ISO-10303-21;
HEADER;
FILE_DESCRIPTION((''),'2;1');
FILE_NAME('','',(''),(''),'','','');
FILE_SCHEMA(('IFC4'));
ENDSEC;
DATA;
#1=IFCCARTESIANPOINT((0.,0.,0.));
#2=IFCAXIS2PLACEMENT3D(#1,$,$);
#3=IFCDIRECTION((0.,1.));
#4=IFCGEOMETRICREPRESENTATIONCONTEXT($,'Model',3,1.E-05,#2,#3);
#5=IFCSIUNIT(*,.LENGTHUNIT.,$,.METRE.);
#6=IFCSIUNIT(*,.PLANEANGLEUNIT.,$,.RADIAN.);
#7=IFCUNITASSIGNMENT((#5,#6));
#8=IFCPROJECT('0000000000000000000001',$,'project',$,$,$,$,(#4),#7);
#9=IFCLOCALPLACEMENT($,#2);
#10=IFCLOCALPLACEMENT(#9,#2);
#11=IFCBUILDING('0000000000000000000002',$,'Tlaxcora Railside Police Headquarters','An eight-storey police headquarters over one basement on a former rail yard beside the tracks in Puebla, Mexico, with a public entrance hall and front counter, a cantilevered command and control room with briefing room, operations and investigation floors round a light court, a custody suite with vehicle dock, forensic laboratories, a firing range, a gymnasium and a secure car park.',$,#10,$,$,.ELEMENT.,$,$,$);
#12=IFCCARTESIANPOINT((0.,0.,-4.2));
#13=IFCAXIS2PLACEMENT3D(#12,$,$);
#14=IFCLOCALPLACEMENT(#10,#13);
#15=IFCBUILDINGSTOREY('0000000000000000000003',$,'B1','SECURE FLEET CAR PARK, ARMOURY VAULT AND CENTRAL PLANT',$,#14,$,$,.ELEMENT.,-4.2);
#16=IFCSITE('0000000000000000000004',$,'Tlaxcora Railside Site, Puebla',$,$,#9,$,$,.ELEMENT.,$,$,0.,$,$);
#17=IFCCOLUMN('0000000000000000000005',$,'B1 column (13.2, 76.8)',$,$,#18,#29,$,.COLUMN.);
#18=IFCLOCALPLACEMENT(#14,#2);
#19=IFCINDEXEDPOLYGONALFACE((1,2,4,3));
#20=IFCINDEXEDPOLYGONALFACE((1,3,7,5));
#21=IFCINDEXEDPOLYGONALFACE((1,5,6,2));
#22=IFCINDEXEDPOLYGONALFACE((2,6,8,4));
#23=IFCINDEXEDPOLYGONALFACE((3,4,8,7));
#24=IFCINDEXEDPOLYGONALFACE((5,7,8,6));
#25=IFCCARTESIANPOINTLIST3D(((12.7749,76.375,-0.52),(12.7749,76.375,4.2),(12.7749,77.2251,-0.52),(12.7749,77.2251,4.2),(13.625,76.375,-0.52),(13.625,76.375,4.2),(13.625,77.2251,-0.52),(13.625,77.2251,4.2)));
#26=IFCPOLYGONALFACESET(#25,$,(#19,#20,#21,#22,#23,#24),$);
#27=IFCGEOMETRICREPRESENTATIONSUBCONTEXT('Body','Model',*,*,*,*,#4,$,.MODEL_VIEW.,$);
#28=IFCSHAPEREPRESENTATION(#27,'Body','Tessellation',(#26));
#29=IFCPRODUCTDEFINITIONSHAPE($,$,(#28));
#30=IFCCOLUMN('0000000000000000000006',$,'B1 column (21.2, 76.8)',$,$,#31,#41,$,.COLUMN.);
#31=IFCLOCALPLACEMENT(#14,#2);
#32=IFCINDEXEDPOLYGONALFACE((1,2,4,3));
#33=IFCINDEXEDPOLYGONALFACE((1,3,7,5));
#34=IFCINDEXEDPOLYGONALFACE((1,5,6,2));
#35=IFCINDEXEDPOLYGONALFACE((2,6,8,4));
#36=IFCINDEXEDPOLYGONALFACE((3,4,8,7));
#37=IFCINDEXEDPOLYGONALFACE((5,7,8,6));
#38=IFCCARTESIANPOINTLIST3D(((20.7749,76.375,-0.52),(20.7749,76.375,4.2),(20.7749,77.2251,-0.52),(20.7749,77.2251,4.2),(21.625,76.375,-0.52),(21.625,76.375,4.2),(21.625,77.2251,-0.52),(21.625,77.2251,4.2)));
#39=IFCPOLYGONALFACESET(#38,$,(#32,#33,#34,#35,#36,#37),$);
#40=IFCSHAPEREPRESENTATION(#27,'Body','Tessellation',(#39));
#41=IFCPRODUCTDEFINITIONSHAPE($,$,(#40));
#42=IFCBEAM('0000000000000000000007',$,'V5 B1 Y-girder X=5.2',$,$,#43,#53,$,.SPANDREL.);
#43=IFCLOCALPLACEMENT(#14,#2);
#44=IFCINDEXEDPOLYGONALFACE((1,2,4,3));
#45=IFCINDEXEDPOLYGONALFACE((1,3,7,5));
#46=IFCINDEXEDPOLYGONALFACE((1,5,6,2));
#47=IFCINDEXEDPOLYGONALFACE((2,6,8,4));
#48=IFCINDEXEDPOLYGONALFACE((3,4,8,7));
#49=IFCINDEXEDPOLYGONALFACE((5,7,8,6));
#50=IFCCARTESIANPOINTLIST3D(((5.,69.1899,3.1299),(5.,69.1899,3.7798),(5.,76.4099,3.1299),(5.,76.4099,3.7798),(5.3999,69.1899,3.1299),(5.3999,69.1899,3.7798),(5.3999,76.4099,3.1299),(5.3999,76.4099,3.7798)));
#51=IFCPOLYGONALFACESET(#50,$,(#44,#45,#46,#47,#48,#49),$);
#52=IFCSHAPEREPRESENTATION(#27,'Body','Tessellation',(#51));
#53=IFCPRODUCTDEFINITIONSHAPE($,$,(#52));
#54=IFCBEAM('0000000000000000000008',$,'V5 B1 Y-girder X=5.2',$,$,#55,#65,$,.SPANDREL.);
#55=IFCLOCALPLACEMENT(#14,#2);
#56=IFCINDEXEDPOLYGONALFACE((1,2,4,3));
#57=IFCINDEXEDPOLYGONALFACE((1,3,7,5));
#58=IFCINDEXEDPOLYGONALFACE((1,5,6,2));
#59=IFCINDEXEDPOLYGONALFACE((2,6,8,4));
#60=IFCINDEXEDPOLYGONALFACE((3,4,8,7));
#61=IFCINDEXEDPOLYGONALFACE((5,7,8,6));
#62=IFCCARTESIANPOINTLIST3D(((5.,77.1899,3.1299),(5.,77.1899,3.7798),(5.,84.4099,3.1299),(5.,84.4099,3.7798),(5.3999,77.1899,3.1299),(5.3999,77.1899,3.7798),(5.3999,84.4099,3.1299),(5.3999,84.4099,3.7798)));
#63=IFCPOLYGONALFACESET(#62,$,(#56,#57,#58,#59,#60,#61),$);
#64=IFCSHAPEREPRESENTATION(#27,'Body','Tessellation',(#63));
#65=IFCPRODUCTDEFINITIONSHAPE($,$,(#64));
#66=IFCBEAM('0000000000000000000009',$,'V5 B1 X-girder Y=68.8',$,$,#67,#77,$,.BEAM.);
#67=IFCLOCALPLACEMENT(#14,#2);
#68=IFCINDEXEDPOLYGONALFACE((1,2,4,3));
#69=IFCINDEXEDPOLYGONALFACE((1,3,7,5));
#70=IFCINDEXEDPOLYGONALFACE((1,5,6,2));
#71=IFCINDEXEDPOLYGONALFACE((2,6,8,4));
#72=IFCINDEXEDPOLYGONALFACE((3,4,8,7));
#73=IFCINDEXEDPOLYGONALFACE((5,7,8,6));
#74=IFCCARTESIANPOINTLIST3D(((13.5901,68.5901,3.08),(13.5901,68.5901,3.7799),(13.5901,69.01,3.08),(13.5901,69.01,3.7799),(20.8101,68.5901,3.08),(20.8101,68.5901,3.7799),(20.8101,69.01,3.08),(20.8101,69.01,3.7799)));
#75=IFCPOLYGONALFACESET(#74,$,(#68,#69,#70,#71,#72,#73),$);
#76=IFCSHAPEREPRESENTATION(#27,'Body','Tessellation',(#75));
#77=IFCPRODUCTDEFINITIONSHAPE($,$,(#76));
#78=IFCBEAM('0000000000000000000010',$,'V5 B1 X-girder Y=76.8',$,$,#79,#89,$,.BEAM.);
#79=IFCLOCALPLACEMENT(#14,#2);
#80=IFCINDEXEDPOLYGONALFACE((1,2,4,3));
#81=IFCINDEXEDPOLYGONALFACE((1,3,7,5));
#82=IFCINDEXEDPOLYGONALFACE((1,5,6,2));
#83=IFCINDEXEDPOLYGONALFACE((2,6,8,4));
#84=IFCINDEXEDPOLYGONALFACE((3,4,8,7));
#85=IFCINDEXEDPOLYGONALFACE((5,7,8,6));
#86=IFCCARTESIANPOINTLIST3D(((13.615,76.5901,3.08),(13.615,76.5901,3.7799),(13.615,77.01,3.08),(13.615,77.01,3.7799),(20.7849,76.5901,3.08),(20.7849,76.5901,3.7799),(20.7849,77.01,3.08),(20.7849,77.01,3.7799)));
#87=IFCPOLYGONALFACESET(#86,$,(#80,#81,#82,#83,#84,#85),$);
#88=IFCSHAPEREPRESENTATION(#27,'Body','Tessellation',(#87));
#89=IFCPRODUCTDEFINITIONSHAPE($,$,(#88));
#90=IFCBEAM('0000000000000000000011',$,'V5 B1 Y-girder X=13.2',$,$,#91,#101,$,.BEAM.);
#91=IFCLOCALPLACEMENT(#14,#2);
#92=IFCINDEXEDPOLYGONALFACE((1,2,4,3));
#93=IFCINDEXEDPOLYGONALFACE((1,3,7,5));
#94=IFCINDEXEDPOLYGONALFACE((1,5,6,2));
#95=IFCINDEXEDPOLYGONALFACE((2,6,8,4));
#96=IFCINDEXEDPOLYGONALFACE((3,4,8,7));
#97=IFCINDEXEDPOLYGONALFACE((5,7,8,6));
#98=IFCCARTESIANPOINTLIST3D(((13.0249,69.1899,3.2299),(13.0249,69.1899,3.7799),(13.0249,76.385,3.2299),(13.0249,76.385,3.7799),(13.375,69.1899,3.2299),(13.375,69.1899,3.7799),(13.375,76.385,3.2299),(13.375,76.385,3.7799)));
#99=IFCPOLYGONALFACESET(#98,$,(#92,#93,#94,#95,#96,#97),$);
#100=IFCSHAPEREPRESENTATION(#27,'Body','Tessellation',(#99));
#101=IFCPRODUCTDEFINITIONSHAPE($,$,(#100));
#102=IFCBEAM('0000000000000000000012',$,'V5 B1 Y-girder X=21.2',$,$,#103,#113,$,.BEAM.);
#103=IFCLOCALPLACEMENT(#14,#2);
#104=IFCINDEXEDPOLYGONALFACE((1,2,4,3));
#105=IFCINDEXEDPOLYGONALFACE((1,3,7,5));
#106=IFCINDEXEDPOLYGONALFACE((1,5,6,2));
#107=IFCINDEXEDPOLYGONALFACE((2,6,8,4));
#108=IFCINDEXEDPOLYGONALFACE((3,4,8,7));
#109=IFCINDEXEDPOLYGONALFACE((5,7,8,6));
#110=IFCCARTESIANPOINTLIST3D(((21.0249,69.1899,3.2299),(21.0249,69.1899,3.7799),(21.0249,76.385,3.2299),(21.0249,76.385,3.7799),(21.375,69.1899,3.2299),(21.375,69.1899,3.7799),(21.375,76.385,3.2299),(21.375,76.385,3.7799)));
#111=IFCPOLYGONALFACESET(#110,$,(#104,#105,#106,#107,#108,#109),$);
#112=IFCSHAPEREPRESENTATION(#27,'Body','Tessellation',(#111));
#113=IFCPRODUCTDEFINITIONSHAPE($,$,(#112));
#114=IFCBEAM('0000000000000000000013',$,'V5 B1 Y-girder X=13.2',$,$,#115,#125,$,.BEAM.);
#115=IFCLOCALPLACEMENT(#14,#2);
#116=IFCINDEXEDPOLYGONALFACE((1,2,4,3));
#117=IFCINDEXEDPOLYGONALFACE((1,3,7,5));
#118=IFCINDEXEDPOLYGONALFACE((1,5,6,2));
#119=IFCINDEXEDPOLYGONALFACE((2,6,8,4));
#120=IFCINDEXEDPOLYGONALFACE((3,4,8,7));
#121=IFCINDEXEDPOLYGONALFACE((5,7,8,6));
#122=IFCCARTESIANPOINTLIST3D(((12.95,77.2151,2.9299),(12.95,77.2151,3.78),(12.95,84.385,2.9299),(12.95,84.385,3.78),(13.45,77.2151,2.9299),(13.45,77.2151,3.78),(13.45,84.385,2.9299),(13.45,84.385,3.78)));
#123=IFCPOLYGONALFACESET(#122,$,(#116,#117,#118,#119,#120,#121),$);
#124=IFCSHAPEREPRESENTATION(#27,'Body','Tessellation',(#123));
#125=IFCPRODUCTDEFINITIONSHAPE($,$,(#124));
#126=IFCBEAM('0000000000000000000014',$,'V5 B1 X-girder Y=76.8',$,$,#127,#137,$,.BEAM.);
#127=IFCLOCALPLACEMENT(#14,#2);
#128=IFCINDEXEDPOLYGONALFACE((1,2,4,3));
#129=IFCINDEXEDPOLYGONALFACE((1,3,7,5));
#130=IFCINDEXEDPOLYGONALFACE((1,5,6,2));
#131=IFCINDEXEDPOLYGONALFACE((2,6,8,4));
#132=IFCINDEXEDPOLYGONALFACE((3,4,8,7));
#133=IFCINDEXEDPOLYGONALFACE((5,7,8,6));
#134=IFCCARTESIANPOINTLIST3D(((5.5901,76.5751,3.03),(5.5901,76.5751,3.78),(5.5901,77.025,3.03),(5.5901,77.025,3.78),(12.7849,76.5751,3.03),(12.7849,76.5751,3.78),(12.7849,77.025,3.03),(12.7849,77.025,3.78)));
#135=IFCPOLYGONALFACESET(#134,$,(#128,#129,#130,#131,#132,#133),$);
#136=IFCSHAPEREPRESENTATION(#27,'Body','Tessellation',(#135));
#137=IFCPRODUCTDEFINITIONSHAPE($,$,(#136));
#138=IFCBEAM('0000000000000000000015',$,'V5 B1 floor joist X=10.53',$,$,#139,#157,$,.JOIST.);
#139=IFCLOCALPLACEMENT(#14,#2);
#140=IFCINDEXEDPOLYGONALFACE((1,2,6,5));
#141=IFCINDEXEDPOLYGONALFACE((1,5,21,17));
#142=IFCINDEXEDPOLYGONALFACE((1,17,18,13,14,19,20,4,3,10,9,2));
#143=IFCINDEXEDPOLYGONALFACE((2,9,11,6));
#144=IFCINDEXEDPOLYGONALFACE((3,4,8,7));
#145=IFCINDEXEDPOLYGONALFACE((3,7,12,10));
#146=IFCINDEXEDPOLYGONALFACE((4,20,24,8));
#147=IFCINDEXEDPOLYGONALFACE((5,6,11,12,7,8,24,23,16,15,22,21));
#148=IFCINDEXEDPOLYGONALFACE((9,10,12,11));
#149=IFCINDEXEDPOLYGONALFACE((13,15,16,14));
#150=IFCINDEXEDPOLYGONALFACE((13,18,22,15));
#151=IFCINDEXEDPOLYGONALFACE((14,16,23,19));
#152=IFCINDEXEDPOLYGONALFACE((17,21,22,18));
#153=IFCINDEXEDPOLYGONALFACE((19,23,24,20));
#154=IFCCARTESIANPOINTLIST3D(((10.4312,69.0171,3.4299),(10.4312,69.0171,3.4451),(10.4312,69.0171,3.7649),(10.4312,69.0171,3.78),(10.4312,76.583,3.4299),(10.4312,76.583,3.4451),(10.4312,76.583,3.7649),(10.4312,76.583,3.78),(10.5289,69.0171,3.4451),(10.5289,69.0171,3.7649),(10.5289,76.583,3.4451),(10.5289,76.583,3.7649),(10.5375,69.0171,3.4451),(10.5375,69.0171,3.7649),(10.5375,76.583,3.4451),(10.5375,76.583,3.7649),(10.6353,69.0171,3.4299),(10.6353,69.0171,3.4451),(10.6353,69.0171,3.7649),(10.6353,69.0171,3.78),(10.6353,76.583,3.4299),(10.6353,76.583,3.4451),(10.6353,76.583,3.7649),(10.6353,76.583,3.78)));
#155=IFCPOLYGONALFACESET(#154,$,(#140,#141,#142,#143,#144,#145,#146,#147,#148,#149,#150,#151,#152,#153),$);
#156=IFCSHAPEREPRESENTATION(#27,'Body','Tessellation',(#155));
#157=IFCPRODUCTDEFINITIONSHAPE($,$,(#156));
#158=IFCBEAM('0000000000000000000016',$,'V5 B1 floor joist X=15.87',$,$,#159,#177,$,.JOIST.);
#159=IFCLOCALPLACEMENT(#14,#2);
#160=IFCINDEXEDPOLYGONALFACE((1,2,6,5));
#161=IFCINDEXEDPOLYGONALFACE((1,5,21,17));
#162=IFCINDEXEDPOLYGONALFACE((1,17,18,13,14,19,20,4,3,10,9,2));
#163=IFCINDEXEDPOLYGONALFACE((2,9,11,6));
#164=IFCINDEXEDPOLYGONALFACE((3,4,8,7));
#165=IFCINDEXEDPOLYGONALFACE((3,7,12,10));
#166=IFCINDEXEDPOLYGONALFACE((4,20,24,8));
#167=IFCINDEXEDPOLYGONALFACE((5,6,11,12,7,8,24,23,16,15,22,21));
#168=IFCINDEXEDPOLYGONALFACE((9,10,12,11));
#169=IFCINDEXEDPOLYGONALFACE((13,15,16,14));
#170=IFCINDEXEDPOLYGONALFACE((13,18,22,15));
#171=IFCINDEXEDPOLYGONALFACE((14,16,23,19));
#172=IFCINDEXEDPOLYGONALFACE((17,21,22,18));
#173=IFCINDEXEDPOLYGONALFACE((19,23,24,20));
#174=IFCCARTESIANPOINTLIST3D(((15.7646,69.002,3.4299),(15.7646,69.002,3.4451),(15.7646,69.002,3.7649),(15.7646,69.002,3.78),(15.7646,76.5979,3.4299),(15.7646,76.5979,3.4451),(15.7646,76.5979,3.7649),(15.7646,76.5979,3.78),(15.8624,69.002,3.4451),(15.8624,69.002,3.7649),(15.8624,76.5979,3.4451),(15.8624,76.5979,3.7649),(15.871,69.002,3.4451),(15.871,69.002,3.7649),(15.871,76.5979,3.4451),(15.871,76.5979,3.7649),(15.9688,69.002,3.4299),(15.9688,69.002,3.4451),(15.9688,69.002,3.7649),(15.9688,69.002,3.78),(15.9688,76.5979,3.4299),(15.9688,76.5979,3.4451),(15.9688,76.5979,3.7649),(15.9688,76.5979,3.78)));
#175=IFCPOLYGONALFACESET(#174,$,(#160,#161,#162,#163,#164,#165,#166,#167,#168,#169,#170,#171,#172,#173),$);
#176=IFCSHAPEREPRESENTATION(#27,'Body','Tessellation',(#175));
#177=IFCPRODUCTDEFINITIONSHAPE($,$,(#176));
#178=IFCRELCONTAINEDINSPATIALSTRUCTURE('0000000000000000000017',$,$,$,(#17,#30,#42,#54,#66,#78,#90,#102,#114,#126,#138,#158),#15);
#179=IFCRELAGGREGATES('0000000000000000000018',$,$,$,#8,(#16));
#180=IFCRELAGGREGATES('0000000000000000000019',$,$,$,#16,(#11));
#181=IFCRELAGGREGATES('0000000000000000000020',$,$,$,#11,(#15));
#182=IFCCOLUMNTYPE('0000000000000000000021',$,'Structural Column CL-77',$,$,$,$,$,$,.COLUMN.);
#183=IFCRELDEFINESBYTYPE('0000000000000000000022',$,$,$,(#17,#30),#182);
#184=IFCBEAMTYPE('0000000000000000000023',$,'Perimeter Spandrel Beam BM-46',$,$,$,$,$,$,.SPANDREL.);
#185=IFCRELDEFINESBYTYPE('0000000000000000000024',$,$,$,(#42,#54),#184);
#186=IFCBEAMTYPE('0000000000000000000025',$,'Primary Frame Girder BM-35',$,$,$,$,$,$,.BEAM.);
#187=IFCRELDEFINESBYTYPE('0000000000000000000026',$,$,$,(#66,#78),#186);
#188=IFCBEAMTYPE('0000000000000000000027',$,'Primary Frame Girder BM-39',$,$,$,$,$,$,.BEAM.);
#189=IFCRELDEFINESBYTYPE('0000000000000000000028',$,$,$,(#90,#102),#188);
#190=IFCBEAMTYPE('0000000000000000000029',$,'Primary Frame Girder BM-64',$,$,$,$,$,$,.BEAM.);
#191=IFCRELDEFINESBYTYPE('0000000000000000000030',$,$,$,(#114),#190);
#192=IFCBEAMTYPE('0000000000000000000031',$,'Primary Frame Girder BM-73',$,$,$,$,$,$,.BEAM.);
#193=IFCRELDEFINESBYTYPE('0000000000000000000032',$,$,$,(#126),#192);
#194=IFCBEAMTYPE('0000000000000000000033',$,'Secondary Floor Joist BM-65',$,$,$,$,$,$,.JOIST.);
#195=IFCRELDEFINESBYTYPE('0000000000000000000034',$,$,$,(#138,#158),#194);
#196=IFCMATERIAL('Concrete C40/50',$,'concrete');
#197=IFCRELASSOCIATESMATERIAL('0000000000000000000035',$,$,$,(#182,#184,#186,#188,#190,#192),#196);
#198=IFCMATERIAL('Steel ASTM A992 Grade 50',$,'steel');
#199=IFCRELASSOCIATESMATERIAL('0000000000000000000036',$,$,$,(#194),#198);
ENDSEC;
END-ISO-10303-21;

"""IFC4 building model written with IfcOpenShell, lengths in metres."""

from ifc_helpers import new_model, si_unit, direction, frame, origin, origin_2d, place, context, subcontext, project, spatial, rectangle, i_section, extrude, material, material_profile, profile_set, type_object, element, save


model = new_model("IFC4")

# Units and contexts
model_context = context("Model", 3, precision=1e-05, world=origin(), true_north=direction((0.0, 1.0)))
body_context = subcontext(model_context, "Body", "Model", "MODEL_VIEW")
ifc_project = project(units=[si_unit("LENGTHUNIT", "METRE"), si_unit("PLANEANGLEUNIT", "RADIAN")], contexts=[model_context])

# Site, building, storey
site_placement = place(None, origin())
site = spatial("IfcSite", under=ifc_project, at=site_placement, Name="Tlaxcora Railside Site, Puebla", CompositionType="ELEMENT", RefElevation=0.0)
building_placement = place(site_placement, origin())
building = spatial("IfcBuilding", under=site, at=building_placement, Name="Tlaxcora Railside Police Headquarters", Description="An eight-storey police headquarters over one basement on a former rail yard beside the tracks in Puebla, Mexico, with a public entrance hall and front counter, a cantilevered command and control room with briefing room, operations and investigation floors round a light court, a custody suite with vehicle dock, forensic laboratories, a firing range, a gymnasium and a secure car park.", CompositionType="ELEMENT")
storey_placement = place(building_placement, frame((0.0, 0.0, -4.2)))
storey = spatial("IfcBuildingStorey", under=building, at=storey_placement, Name="B1", Description="SECURE FLEET CAR PARK, ARMOURY VAULT AND CENTRAL PLANT", CompositionType="ELEMENT", Elevation=-4.2)

# Shared definitions
ifc_material_1 = material(Name="Concrete C40/50", Category="concrete")

# Columns
ifc_material_profile_1 = material_profile(ifc_material_1, rectangle(XDim=0.8501, YDim=0.8501, at=origin_2d()), Name="RC850X850")
ifc_profile_set_1 = profile_set([ifc_material_profile_1], Name="Concrete C40/50")
column_type_1 = type_object("IfcColumnType", Name="Structural Column CL-77", PredefinedType="COLUMN", material=ifc_profile_set_1)
for number, where, z_axis, x_axis, name in (
    (1, (13.2, 76.8, -0.52), (0.0, 0.0, 1.0), (1.0, 0.0, 0.0), "B1 column (13.2, 76.8)"),
    (2, (21.2, 76.8, -0.52), (0.0, 0.0, 1.0), (1.0, 0.0, 0.0), "B1 column (21.2, 76.8)"),
):
    element("IfcColumn", number, at=place(storey_placement, frame(where, z_axis=z_axis, x_axis=x_axis)), inside=storey, type_object=column_type_1, Name=name, PredefinedType="COLUMN", context=body_context, shape_type="SweptSolid", body=[
        extrude(rectangle(XDim=0.8501, YDim=0.8501, at=origin_2d()), origin(), (0.0, 0.0, 1.0), 4.72),
    ])

# Beams
ifc_material_profile_2 = material_profile(ifc_material_1, rectangle(XDim=0.3999, YDim=0.6499, at=origin_2d()), Name="RC400X650")
ifc_profile_set_2 = profile_set([ifc_material_profile_2], Name="Concrete C40/50")
beam_type_1 = type_object("IfcBeamType", Name="Perimeter Spandrel Beam BM-46", PredefinedType="SPANDREL", material=ifc_profile_set_2)
for number, where, z_axis, x_axis, name in (
    (3, (5.2, 69.1899, 3.4548), (0.0, 1.0, 0.0), (-1.0, 0.0, 0.0), "V5 B1 Y-girder X=5.2"),
    (4, (5.2, 77.1899, 3.4548), (0.0, 1.0, 0.0), (-1.0, 0.0, 0.0), "V5 B1 Y-girder X=5.2"),
):
    element("IfcBeam", number, at=place(storey_placement, frame(where, z_axis=z_axis, x_axis=x_axis)), inside=storey, type_object=beam_type_1, Name=name, PredefinedType="SPANDREL", context=body_context, shape_type="SweptSolid", body=[
        extrude(rectangle(XDim=0.3999, YDim=0.6499, at=origin_2d()), origin(), (0.0, 0.0, 1.0), 7.22),
    ])
ifc_material_profile_3 = material_profile(ifc_material_1, rectangle(XDim=0.4199, YDim=0.7, at=origin_2d()), Name="RC420X700")
ifc_profile_set_3 = profile_set([ifc_material_profile_3], Name="Concrete C40/50")
beam_type_2 = type_object("IfcBeamType", Name="Primary Frame Girder BM-35", PredefinedType="BEAM", material=ifc_profile_set_3)
beam_1_placement = place(storey_placement, frame((13.5901, 68.8, 3.4299), z_axis=(1.0, 0.0, 0.0), x_axis=(0.0, 1.0, 0.0)))
element("IfcBeam", 5, at=beam_1_placement, inside=storey, type_object=beam_type_2, Name="V5 B1 X-girder Y=68.8", PredefinedType="BEAM", context=body_context, shape_type="SweptSolid", body=[
    extrude(rectangle(XDim=0.4199, YDim=0.7, at=origin_2d()), origin(), (0.0, 0.0, 1.0), 7.22),
])
beam_2_placement = place(storey_placement, frame((13.615, 76.8, 3.4299), z_axis=(1.0, 0.0, 0.0), x_axis=(0.0, 1.0, 0.0)))
element("IfcBeam", 6, at=beam_2_placement, inside=storey, type_object=beam_type_2, Name="V5 B1 X-girder Y=76.8", PredefinedType="BEAM", context=body_context, shape_type="SweptSolid", body=[
    extrude(rectangle(XDim=0.4199, YDim=0.7, at=origin_2d()), origin(), (0.0, 0.0, 1.0), 7.1699),
])
ifc_material_profile_4 = material_profile(ifc_material_1, rectangle(XDim=0.3501, YDim=0.55, at=origin_2d()), Name="RC350X550")
ifc_profile_set_4 = profile_set([ifc_material_profile_4], Name="Concrete C40/50")
beam_type_3 = type_object("IfcBeamType", Name="Primary Frame Girder BM-39", PredefinedType="BEAM", material=ifc_profile_set_4)
for number, where, z_axis, x_axis, name in (
    (7, (13.2, 69.1899, 3.5049), (0.0, 1.0, 0.0), (-1.0, 0.0, 0.0), "V5 B1 Y-girder X=13.2"),
    (8, (21.2, 69.1899, 3.5049), (0.0, 1.0, 0.0), (-1.0, 0.0, 0.0), "V5 B1 Y-girder X=21.2"),
):
    element("IfcBeam", number, at=place(storey_placement, frame(where, z_axis=z_axis, x_axis=x_axis)), inside=storey, type_object=beam_type_3, Name=name, PredefinedType="BEAM", context=body_context, shape_type="SweptSolid", body=[
        extrude(rectangle(XDim=0.3501, YDim=0.55, at=origin_2d()), origin(), (0.0, 0.0, 1.0), 7.1951),
    ])
ifc_material_profile_5 = material_profile(ifc_material_1, rectangle(XDim=0.5, YDim=0.8501, at=origin_2d()), Name="RC500X850")
ifc_profile_set_5 = profile_set([ifc_material_profile_5], Name="Concrete C40/50")
beam_type_4 = type_object("IfcBeamType", Name="Primary Frame Girder BM-64", PredefinedType="BEAM", material=ifc_profile_set_5)
beam_3_placement = place(storey_placement, frame((13.2, 77.2151, 3.355), z_axis=(0.0, 1.0, 0.0), x_axis=(-1.0, 0.0, 0.0)))
element("IfcBeam", 9, at=beam_3_placement, inside=storey, type_object=beam_type_4, Name="V5 B1 Y-girder X=13.2", PredefinedType="BEAM", context=body_context, shape_type="SweptSolid", body=[
    extrude(rectangle(XDim=0.5, YDim=0.8501, at=origin_2d()), origin(), (0.0, 0.0, 1.0), 7.1699),
])
ifc_material_profile_6 = material_profile(ifc_material_1, rectangle(XDim=0.45, YDim=0.75, at=origin_2d()), Name="RC450X750")
ifc_profile_set_6 = profile_set([ifc_material_profile_6], Name="Concrete C40/50")
beam_type_5 = type_object("IfcBeamType", Name="Primary Frame Girder BM-73", PredefinedType="BEAM", material=ifc_profile_set_6)
beam_4_placement = place(storey_placement, frame((5.5901, 76.8, 3.405), z_axis=(1.0, 0.0, 0.0), x_axis=(0.0, 1.0, 0.0)))
element("IfcBeam", 10, at=beam_4_placement, inside=storey, type_object=beam_type_5, Name="V5 B1 X-girder Y=76.8", PredefinedType="BEAM", context=body_context, shape_type="SweptSolid", body=[
    extrude(rectangle(XDim=0.45, YDim=0.75, at=origin_2d()), origin(), (0.0, 0.0, 1.0), 7.1948),
])
ifc_material_2 = material(Name="Steel ASTM A992 Grade 50", Category="steel")
ifc_material_profile_7 = material_profile(ifc_material_2, i_section(OverallWidth=0.2041, OverallDepth=0.3501, WebThickness=0.0085, FlangeThickness=0.0151, at=origin_2d()), Name="W14X48")
ifc_profile_set_7 = profile_set([ifc_material_profile_7], Name="Steel ASTM A992 Grade 50")
beam_type_6 = type_object("IfcBeamType", Name="Secondary Floor Joist BM-65", PredefinedType="JOIST", material=ifc_profile_set_7)
beam_5_placement = place(storey_placement, frame((10.5332, 69.0171, 3.605), z_axis=(0.0, 1.0, 0.0), x_axis=(-1.0, 0.0, 0.0)))
element("IfcBeam", 11, at=beam_5_placement, inside=storey, type_object=beam_type_6, Name="V5 B1 floor joist X=10.53", PredefinedType="JOIST", context=body_context, shape_type="SweptSolid", body=[
    extrude(i_section(OverallWidth=0.2041, OverallDepth=0.3501, WebThickness=0.0085, FlangeThickness=0.0151, at=origin_2d()), origin(), (0.0, 0.0, 1.0), 7.5659),
])
beam_6_placement = place(storey_placement, frame((15.8667, 69.002, 3.605), z_axis=(0.0, 1.0, 0.0), x_axis=(-1.0, 0.0, 0.0)))
element("IfcBeam", 12, at=beam_6_placement, inside=storey, type_object=beam_type_6, Name="V5 B1 floor joist X=15.87", PredefinedType="JOIST", context=body_context, shape_type="SweptSolid", body=[
    extrude(i_section(OverallWidth=0.2041, OverallDepth=0.3501, WebThickness=0.0085, FlangeThickness=0.0151, at=origin_2d()), origin(), (0.0, 0.0, 1.0), 7.5959),
])

save(model, "model.ifc")
